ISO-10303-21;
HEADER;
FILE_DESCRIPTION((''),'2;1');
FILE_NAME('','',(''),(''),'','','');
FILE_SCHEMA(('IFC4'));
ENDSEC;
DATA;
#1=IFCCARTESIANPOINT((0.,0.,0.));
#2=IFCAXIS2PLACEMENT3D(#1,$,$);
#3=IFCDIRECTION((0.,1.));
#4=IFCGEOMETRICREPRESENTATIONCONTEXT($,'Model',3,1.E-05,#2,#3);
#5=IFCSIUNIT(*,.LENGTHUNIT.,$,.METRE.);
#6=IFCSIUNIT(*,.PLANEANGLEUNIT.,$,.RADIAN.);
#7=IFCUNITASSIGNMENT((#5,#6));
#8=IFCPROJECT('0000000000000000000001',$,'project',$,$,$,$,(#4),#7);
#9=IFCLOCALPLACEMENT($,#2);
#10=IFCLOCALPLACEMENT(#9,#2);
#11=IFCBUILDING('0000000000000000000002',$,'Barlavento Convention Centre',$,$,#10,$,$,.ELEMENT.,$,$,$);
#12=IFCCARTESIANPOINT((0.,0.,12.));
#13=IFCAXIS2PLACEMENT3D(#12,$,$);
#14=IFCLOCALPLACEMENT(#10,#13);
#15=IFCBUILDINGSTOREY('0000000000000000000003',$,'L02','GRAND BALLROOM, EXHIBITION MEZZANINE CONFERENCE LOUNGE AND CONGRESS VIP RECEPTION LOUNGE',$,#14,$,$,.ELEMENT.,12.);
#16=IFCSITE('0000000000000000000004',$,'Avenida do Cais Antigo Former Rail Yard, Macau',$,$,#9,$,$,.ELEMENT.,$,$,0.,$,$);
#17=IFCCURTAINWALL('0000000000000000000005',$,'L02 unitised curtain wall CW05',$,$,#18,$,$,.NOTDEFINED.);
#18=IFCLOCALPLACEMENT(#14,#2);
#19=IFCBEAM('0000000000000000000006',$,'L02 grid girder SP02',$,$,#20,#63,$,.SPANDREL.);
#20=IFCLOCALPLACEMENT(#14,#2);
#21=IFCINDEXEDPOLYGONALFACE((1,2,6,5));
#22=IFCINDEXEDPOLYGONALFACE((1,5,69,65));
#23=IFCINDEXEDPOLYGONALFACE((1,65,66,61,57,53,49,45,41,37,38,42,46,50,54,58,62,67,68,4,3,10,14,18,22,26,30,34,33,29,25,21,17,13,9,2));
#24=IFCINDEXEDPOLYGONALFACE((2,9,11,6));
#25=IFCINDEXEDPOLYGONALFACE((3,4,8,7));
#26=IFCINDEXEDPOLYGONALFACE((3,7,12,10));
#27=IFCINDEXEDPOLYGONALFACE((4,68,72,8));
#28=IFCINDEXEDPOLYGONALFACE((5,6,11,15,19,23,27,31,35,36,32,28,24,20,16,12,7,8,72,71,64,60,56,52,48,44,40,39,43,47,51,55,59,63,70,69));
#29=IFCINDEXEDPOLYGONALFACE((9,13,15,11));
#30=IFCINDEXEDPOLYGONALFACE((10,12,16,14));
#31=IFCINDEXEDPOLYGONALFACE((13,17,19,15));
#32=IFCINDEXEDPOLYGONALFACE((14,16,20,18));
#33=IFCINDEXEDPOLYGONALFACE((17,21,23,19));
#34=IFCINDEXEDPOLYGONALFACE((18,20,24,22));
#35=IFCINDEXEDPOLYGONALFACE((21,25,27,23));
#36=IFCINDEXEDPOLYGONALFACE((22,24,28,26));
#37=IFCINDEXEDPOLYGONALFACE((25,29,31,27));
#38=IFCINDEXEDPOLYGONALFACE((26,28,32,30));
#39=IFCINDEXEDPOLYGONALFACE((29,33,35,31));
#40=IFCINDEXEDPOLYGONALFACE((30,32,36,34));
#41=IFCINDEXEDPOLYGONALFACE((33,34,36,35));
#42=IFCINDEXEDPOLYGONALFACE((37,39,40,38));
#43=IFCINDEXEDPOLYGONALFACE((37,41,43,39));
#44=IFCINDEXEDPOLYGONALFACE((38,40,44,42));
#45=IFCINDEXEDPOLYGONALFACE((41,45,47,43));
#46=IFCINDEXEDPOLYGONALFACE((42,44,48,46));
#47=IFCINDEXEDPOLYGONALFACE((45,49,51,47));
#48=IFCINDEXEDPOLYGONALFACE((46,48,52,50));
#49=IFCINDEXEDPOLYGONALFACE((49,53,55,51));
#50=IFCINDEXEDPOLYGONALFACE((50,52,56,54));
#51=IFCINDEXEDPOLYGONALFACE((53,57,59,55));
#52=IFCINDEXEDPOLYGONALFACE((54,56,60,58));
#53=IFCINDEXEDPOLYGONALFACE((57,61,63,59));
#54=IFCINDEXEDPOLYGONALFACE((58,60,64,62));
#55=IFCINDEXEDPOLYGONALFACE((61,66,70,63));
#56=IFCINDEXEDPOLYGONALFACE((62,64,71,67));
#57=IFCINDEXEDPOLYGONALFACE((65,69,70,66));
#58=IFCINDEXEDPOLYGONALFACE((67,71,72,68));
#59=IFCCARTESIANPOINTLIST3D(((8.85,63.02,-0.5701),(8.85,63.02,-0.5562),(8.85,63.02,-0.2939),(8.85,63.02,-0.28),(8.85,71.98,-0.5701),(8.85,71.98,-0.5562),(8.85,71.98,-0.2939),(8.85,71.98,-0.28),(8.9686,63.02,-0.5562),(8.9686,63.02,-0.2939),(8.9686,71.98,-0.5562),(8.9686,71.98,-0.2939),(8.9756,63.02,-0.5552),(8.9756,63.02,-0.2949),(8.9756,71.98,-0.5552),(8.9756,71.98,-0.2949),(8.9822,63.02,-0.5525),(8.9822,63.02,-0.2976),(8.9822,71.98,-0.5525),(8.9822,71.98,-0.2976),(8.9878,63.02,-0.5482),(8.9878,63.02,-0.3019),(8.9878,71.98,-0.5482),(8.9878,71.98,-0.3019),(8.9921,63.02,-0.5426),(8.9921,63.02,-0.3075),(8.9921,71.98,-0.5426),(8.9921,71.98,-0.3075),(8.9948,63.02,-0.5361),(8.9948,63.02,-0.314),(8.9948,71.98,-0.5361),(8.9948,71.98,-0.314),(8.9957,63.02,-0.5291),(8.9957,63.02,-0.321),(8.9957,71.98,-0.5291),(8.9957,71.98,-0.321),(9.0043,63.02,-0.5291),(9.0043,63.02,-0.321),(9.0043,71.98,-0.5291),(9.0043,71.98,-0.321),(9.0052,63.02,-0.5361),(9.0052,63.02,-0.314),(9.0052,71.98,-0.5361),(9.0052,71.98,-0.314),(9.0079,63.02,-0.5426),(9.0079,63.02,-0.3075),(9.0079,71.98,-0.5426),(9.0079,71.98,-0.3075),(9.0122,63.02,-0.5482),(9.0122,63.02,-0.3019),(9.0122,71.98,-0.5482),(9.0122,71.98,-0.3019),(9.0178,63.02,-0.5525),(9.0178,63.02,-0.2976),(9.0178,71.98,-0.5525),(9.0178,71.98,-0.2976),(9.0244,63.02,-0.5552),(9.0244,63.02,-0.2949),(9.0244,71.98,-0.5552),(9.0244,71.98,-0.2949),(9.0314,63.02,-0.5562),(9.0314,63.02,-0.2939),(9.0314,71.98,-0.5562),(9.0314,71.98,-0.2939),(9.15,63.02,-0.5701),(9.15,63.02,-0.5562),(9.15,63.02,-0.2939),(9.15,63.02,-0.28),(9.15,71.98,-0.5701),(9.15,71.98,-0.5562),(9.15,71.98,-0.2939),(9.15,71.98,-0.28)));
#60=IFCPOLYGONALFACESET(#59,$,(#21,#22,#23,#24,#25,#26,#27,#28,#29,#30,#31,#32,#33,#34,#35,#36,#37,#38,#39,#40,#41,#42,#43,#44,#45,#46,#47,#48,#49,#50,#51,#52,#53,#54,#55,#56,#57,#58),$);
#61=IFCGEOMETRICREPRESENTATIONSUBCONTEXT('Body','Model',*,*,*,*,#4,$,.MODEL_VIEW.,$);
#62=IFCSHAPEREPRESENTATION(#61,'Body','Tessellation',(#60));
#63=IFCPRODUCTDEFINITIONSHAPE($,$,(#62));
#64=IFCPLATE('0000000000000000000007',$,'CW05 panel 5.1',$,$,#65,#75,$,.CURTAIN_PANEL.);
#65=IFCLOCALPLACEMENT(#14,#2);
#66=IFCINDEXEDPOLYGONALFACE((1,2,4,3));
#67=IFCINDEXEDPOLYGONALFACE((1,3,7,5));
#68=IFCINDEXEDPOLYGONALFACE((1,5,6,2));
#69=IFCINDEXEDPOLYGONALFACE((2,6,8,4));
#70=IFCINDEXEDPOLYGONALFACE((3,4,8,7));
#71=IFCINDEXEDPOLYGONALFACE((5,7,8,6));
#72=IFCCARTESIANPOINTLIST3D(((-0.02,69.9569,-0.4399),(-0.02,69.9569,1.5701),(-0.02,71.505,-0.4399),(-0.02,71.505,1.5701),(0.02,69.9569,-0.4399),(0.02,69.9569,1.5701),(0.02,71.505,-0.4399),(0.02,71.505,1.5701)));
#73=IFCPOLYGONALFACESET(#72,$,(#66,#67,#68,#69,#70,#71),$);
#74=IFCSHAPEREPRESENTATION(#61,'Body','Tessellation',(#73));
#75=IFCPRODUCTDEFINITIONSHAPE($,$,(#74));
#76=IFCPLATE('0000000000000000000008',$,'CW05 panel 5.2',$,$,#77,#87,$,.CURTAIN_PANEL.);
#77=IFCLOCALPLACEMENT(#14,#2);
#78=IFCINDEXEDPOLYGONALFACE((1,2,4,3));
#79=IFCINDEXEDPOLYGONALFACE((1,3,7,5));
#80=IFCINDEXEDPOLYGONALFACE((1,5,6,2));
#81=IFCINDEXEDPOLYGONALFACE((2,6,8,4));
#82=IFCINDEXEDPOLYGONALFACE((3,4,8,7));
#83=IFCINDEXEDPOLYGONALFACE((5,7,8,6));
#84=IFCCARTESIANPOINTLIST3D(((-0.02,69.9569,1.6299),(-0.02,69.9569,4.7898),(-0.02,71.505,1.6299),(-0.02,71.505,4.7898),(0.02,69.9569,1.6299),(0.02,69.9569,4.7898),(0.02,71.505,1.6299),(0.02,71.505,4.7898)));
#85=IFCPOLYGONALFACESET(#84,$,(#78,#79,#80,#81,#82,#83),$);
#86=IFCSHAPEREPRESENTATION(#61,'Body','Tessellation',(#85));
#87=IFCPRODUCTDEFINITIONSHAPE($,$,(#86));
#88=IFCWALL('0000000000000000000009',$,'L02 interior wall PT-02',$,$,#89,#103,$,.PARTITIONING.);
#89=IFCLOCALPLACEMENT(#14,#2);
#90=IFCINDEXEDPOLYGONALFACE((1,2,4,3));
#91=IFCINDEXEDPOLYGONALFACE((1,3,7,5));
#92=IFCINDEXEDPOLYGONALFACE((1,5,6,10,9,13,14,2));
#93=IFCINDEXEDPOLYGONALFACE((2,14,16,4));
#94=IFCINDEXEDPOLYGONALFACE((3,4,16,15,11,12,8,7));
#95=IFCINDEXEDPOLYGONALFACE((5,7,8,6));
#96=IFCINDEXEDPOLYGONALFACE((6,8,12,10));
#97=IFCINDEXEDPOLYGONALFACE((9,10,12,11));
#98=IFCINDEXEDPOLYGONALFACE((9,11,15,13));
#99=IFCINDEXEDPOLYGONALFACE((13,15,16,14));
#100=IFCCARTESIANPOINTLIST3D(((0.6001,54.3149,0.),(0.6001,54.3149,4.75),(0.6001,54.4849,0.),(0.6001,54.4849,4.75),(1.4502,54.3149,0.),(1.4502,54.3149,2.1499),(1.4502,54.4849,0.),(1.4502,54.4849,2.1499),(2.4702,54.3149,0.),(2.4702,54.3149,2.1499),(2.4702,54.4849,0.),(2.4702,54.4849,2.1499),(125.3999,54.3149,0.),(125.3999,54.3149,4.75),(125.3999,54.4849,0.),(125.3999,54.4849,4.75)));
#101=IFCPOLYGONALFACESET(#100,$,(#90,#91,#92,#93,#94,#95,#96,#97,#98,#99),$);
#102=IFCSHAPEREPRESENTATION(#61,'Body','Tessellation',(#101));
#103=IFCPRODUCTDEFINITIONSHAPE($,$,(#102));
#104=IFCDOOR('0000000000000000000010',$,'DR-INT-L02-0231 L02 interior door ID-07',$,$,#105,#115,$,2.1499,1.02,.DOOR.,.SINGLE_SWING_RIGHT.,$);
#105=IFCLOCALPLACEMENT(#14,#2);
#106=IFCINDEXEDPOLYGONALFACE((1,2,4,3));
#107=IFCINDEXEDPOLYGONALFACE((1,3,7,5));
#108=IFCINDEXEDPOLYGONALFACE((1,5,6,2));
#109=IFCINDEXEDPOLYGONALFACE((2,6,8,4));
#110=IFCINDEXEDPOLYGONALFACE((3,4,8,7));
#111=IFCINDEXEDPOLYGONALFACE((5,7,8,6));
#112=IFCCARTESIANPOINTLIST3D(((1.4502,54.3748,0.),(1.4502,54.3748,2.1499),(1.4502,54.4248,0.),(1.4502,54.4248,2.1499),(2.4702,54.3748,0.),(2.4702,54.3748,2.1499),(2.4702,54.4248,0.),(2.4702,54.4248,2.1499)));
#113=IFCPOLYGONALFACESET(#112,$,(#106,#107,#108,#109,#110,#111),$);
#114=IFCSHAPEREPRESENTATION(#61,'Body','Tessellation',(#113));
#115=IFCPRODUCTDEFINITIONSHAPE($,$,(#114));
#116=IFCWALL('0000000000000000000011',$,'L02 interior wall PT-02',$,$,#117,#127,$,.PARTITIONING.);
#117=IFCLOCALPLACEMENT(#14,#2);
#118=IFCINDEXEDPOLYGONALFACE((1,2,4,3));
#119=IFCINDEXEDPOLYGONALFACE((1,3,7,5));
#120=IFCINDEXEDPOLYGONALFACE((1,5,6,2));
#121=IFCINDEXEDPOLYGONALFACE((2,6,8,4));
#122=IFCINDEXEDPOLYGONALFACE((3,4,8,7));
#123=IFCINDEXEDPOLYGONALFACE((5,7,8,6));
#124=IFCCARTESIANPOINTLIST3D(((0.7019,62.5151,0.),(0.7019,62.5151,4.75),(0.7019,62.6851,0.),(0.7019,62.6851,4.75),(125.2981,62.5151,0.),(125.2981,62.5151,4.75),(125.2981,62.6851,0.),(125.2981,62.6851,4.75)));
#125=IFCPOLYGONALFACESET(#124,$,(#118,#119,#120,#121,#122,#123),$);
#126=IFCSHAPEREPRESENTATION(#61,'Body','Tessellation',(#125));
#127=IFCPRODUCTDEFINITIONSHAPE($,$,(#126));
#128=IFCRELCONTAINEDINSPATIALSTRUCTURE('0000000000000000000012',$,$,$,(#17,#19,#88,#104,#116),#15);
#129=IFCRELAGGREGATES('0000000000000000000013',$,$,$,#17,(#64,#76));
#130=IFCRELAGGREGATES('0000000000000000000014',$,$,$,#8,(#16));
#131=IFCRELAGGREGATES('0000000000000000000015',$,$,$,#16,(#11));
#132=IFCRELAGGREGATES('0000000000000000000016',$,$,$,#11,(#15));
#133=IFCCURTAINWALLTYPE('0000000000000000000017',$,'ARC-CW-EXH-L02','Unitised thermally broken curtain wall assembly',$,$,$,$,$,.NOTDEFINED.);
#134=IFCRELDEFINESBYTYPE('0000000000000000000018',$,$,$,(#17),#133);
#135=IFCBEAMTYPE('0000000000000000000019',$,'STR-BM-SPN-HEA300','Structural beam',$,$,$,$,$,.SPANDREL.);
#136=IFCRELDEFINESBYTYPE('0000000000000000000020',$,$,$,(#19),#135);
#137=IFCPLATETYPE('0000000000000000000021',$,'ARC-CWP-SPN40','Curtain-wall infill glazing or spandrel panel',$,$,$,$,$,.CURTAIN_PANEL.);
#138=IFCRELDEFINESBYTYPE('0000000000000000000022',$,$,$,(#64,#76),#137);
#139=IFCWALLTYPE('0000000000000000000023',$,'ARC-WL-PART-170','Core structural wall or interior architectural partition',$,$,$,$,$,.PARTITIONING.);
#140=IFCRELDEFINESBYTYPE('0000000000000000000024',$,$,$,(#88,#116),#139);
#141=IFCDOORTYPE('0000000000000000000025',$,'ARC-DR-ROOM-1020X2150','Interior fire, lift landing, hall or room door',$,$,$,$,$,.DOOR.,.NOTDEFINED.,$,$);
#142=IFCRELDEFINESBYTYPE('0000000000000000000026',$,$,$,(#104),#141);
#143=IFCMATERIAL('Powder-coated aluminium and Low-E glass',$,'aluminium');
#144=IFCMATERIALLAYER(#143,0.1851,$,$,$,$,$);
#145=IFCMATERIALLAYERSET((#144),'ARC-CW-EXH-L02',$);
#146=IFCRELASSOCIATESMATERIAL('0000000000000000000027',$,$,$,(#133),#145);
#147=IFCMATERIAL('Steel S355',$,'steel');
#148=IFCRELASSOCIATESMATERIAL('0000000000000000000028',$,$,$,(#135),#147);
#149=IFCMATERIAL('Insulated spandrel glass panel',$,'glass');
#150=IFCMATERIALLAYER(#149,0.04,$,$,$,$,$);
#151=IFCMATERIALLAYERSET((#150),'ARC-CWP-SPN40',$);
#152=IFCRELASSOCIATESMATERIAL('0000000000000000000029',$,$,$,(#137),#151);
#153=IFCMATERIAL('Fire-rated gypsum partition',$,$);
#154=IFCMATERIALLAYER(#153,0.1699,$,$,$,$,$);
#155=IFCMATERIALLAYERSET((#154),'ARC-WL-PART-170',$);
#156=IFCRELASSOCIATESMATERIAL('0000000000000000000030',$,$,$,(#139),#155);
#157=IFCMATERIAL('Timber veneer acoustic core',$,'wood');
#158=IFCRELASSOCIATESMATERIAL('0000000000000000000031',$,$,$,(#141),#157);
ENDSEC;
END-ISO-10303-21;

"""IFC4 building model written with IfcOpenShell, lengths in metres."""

from ifc_helpers import new_model, si_unit, direction, frame, frame_2d, origin, origin_2d, place, context, subcontext, project, spatial, rectangle, i_section, extrude, material, layer, layer_set, material_profile, profile_set, type_object, element, fill, aggregate, save


model = new_model("IFC4")

# Units and contexts
model_context = context("Model", 3, precision=1e-05, world=origin(), true_north=direction((0.0, 1.0)))
body_context = subcontext(model_context, "Body", "Model", "MODEL_VIEW")
ifc_project = project(units=[si_unit("LENGTHUNIT", "METRE"), si_unit("PLANEANGLEUNIT", "RADIAN")], contexts=[model_context])

# Site, building, storey
site_placement = place(None, origin())
site = spatial("IfcSite", under=ifc_project, at=site_placement, Name="Avenida do Cais Antigo Former Rail Yard, Macau", CompositionType="ELEMENT", RefElevation=0.0)
building_placement = place(site_placement, origin())
building = spatial("IfcBuilding", under=site, at=building_placement, Name="Barlavento Convention Centre", CompositionType="ELEMENT")
storey_placement = place(building_placement, frame((0.0, 0.0, 12.0)))
storey = spatial("IfcBuildingStorey", under=building, at=storey_placement, Name="L02", Description="GRAND BALLROOM, EXHIBITION MEZZANINE CONFERENCE LOUNGE AND CONGRESS VIP RECEPTION LOUNGE", CompositionType="ELEMENT", Elevation=12.0)

# Shared definitions
ifc_material_1 = material(Name="Steel S355", Category="steel")

# Curtain wall
ifc_material_2 = material(Name="Powder-coated aluminium and Low-E glass", Category="aluminium")
ifc_layer_1 = layer(ifc_material_2, 0.1851)
ifc_layer_set_1 = layer_set([ifc_layer_1], Name="ARC-CW-EXH-L02")
curtain_wall_type = type_object("IfcCurtainWallType", Name="ARC-CW-EXH-L02", Description="Unitised thermally broken curtain wall assembly", PredefinedType="NOTDEFINED", material=ifc_layer_set_1)
curtain_wall_placement = place(storey_placement, origin())
curtain_wall = element("IfcCurtainWall", 1, at=curtain_wall_placement, inside=storey, type_object=curtain_wall_type, Name="L02 unitised curtain wall CW05", PredefinedType="NOTDEFINED")

# Beam
ifc_material_profile_1 = material_profile(ifc_material_1, i_section(OverallWidth=0.3, OverallDepth=0.29, WebThickness=0.0085, FlangeThickness=0.0139, FilletRadius=0.0271, at=origin_2d()), Name="HEA 300")
ifc_profile_set_1 = profile_set([ifc_material_profile_1], Name="Steel S355")
beam_type_1 = type_object("IfcBeamType", Name="STR-BM-SPN-HEA300", Description="Structural beam", PredefinedType="SPANDREL", material=ifc_profile_set_1)
beam_1_placement = place(storey_placement, frame((9.0, 63.02, -0.425), z_axis=(0.0, 1.0, 0.0), x_axis=(-1.0, 0.0, 0.0)))
element("IfcBeam", 2, at=beam_1_placement, inside=storey, type_object=beam_type_1, Name="L02 grid girder SP02", PredefinedType="SPANDREL", context=body_context, shape_type="SweptSolid", body=[
    extrude(i_section(OverallWidth=0.3, OverallDepth=0.29, WebThickness=0.0085, FlangeThickness=0.0139, FilletRadius=0.0271, at=origin_2d()), origin(), (0.0, 0.0, 1.0), 8.96),
])

# Plates
ifc_material_3 = material(Name="Insulated spandrel glass panel", Category="glass")
ifc_layer_2 = layer(ifc_material_3, 0.04)
ifc_layer_set_2 = layer_set([ifc_layer_2], Name="ARC-CWP-SPN40")
plate_type = type_object("IfcPlateType", Name="ARC-CWP-SPN40", Description="Curtain-wall infill glazing or spandrel panel", PredefinedType="CURTAIN_PANEL", material=ifc_layer_set_2)
plate_1_placement = place(storey_placement, frame((0.0, 70.731, -0.4399), z_axis=(0.0, 0.0, 1.0), x_axis=(0.0, 1.0, 0.0)))
plate_1 = element("IfcPlate", 3, at=plate_1_placement, type_object=plate_type, Name="CW05 panel 5.1", PredefinedType="CURTAIN_PANEL", context=body_context, shape_type="SweptSolid", body=[
    extrude(rectangle(XDim=1.5481, YDim=0.04, at=origin_2d()), origin(), (0.0, 0.0, 1.0), 2.01),
])
plate_2_placement = place(storey_placement, frame((0.0, 70.731, 1.6299), z_axis=(0.0, 0.0, 1.0), x_axis=(0.0, 1.0, 0.0)))
plate_2 = element("IfcPlate", 4, at=plate_2_placement, type_object=plate_type, Name="CW05 panel 5.2", PredefinedType="CURTAIN_PANEL", context=body_context, shape_type="SweptSolid", body=[
    extrude(rectangle(XDim=1.5481, YDim=0.04, at=origin_2d()), origin(), (0.0, 0.0, 1.0), 3.1599),
])
aggregate(curtain_wall, [plate_1, plate_2])

# Wall, opening, door
ifc_material_4 = material(Name="Fire-rated gypsum partition")
ifc_layer_3 = layer(ifc_material_4, 0.1699)
ifc_layer_set_3 = layer_set([ifc_layer_3], Name="ARC-WL-PART-170")
wall_type = type_object("IfcWallType", Name="ARC-WL-PART-170", Description="Core structural wall or interior architectural partition", PredefinedType="PARTITIONING", material=ifc_layer_set_3)
wall_1_placement = place(storey_placement, frame((0.6001, 54.3999, 0.0), z_axis=(0.0, 0.0, 1.0), x_axis=(1.0, 0.0, 0.0)))
wall_1 = element("IfcWall", 5, at=wall_1_placement, inside=storey, type_object=wall_type, Name="L02 interior wall PT-02", PredefinedType="PARTITIONING", context=body_context, shape_type="SweptSolid", body=[
    extrude(rectangle(XDim=124.7998, YDim=0.1699, at=frame_2d((62.3999, 0.0))), origin(), (0.0, 0.0, 1.0), 4.75),
])
opening_placement = place(wall_1_placement, frame((0.8501, 0.0, 0.0)))
opening = element("IfcOpeningElement", 6, at=opening_placement, cuts=wall_1, PredefinedType="OPENING", context=body_context, shape_type="SweptSolid", body=[
    extrude(rectangle(XDim=1.02, YDim=2.1499, at=frame_2d((0.51, 1.075))), frame((0.0, 0.095, 0.0), z_axis=(0.0, -1.0, 0.0), x_axis=(1.0, 0.0, 0.0)), (0.0, 0.0, 1.0), 0.1899),
])
ifc_material_5 = material(Name="Timber veneer acoustic core", Category="wood")
door_type = type_object("IfcDoorType", Name="ARC-DR-ROOM-1020X2150", Description="Interior fire, lift landing, hall or room door", OperationType="NOTDEFINED", PredefinedType="DOOR", material=ifc_material_5)
door_placement = place(opening_placement, origin())
door = element("IfcDoor", 7, at=door_placement, inside=storey, type_object=door_type, Name="DR-INT-L02-0231 L02 interior door ID-07", OperationType="SINGLE_SWING_RIGHT", OverallHeight=2.1499, OverallWidth=1.02, PredefinedType="DOOR", context=body_context, shape_type="SweptSolid", body=[
    extrude(rectangle(XDim=1.02, YDim=2.1499, at=frame_2d((0.51, 1.075))), frame((0.0, 0.0249, 0.0), z_axis=(0.0, -1.0, 0.0), x_axis=(1.0, 0.0, 0.0)), (0.0, 0.0, 1.0), 0.05),
])
fill(opening, door)

# Wall
wall_2_placement = place(storey_placement, frame((0.7019, 62.6001, 0.0), z_axis=(0.0, 0.0, 1.0), x_axis=(1.0, 0.0, 0.0)))
element("IfcWall", 8, at=wall_2_placement, inside=storey, type_object=wall_type, Name="L02 interior wall PT-02", PredefinedType="PARTITIONING", context=body_context, shape_type="SweptSolid", body=[
    extrude(rectangle(XDim=124.5962, YDim=0.1699, at=frame_2d((62.2981, 0.0))), origin(), (0.0, 0.0, 1.0), 4.75),
])

save(model, "model.ifc")
